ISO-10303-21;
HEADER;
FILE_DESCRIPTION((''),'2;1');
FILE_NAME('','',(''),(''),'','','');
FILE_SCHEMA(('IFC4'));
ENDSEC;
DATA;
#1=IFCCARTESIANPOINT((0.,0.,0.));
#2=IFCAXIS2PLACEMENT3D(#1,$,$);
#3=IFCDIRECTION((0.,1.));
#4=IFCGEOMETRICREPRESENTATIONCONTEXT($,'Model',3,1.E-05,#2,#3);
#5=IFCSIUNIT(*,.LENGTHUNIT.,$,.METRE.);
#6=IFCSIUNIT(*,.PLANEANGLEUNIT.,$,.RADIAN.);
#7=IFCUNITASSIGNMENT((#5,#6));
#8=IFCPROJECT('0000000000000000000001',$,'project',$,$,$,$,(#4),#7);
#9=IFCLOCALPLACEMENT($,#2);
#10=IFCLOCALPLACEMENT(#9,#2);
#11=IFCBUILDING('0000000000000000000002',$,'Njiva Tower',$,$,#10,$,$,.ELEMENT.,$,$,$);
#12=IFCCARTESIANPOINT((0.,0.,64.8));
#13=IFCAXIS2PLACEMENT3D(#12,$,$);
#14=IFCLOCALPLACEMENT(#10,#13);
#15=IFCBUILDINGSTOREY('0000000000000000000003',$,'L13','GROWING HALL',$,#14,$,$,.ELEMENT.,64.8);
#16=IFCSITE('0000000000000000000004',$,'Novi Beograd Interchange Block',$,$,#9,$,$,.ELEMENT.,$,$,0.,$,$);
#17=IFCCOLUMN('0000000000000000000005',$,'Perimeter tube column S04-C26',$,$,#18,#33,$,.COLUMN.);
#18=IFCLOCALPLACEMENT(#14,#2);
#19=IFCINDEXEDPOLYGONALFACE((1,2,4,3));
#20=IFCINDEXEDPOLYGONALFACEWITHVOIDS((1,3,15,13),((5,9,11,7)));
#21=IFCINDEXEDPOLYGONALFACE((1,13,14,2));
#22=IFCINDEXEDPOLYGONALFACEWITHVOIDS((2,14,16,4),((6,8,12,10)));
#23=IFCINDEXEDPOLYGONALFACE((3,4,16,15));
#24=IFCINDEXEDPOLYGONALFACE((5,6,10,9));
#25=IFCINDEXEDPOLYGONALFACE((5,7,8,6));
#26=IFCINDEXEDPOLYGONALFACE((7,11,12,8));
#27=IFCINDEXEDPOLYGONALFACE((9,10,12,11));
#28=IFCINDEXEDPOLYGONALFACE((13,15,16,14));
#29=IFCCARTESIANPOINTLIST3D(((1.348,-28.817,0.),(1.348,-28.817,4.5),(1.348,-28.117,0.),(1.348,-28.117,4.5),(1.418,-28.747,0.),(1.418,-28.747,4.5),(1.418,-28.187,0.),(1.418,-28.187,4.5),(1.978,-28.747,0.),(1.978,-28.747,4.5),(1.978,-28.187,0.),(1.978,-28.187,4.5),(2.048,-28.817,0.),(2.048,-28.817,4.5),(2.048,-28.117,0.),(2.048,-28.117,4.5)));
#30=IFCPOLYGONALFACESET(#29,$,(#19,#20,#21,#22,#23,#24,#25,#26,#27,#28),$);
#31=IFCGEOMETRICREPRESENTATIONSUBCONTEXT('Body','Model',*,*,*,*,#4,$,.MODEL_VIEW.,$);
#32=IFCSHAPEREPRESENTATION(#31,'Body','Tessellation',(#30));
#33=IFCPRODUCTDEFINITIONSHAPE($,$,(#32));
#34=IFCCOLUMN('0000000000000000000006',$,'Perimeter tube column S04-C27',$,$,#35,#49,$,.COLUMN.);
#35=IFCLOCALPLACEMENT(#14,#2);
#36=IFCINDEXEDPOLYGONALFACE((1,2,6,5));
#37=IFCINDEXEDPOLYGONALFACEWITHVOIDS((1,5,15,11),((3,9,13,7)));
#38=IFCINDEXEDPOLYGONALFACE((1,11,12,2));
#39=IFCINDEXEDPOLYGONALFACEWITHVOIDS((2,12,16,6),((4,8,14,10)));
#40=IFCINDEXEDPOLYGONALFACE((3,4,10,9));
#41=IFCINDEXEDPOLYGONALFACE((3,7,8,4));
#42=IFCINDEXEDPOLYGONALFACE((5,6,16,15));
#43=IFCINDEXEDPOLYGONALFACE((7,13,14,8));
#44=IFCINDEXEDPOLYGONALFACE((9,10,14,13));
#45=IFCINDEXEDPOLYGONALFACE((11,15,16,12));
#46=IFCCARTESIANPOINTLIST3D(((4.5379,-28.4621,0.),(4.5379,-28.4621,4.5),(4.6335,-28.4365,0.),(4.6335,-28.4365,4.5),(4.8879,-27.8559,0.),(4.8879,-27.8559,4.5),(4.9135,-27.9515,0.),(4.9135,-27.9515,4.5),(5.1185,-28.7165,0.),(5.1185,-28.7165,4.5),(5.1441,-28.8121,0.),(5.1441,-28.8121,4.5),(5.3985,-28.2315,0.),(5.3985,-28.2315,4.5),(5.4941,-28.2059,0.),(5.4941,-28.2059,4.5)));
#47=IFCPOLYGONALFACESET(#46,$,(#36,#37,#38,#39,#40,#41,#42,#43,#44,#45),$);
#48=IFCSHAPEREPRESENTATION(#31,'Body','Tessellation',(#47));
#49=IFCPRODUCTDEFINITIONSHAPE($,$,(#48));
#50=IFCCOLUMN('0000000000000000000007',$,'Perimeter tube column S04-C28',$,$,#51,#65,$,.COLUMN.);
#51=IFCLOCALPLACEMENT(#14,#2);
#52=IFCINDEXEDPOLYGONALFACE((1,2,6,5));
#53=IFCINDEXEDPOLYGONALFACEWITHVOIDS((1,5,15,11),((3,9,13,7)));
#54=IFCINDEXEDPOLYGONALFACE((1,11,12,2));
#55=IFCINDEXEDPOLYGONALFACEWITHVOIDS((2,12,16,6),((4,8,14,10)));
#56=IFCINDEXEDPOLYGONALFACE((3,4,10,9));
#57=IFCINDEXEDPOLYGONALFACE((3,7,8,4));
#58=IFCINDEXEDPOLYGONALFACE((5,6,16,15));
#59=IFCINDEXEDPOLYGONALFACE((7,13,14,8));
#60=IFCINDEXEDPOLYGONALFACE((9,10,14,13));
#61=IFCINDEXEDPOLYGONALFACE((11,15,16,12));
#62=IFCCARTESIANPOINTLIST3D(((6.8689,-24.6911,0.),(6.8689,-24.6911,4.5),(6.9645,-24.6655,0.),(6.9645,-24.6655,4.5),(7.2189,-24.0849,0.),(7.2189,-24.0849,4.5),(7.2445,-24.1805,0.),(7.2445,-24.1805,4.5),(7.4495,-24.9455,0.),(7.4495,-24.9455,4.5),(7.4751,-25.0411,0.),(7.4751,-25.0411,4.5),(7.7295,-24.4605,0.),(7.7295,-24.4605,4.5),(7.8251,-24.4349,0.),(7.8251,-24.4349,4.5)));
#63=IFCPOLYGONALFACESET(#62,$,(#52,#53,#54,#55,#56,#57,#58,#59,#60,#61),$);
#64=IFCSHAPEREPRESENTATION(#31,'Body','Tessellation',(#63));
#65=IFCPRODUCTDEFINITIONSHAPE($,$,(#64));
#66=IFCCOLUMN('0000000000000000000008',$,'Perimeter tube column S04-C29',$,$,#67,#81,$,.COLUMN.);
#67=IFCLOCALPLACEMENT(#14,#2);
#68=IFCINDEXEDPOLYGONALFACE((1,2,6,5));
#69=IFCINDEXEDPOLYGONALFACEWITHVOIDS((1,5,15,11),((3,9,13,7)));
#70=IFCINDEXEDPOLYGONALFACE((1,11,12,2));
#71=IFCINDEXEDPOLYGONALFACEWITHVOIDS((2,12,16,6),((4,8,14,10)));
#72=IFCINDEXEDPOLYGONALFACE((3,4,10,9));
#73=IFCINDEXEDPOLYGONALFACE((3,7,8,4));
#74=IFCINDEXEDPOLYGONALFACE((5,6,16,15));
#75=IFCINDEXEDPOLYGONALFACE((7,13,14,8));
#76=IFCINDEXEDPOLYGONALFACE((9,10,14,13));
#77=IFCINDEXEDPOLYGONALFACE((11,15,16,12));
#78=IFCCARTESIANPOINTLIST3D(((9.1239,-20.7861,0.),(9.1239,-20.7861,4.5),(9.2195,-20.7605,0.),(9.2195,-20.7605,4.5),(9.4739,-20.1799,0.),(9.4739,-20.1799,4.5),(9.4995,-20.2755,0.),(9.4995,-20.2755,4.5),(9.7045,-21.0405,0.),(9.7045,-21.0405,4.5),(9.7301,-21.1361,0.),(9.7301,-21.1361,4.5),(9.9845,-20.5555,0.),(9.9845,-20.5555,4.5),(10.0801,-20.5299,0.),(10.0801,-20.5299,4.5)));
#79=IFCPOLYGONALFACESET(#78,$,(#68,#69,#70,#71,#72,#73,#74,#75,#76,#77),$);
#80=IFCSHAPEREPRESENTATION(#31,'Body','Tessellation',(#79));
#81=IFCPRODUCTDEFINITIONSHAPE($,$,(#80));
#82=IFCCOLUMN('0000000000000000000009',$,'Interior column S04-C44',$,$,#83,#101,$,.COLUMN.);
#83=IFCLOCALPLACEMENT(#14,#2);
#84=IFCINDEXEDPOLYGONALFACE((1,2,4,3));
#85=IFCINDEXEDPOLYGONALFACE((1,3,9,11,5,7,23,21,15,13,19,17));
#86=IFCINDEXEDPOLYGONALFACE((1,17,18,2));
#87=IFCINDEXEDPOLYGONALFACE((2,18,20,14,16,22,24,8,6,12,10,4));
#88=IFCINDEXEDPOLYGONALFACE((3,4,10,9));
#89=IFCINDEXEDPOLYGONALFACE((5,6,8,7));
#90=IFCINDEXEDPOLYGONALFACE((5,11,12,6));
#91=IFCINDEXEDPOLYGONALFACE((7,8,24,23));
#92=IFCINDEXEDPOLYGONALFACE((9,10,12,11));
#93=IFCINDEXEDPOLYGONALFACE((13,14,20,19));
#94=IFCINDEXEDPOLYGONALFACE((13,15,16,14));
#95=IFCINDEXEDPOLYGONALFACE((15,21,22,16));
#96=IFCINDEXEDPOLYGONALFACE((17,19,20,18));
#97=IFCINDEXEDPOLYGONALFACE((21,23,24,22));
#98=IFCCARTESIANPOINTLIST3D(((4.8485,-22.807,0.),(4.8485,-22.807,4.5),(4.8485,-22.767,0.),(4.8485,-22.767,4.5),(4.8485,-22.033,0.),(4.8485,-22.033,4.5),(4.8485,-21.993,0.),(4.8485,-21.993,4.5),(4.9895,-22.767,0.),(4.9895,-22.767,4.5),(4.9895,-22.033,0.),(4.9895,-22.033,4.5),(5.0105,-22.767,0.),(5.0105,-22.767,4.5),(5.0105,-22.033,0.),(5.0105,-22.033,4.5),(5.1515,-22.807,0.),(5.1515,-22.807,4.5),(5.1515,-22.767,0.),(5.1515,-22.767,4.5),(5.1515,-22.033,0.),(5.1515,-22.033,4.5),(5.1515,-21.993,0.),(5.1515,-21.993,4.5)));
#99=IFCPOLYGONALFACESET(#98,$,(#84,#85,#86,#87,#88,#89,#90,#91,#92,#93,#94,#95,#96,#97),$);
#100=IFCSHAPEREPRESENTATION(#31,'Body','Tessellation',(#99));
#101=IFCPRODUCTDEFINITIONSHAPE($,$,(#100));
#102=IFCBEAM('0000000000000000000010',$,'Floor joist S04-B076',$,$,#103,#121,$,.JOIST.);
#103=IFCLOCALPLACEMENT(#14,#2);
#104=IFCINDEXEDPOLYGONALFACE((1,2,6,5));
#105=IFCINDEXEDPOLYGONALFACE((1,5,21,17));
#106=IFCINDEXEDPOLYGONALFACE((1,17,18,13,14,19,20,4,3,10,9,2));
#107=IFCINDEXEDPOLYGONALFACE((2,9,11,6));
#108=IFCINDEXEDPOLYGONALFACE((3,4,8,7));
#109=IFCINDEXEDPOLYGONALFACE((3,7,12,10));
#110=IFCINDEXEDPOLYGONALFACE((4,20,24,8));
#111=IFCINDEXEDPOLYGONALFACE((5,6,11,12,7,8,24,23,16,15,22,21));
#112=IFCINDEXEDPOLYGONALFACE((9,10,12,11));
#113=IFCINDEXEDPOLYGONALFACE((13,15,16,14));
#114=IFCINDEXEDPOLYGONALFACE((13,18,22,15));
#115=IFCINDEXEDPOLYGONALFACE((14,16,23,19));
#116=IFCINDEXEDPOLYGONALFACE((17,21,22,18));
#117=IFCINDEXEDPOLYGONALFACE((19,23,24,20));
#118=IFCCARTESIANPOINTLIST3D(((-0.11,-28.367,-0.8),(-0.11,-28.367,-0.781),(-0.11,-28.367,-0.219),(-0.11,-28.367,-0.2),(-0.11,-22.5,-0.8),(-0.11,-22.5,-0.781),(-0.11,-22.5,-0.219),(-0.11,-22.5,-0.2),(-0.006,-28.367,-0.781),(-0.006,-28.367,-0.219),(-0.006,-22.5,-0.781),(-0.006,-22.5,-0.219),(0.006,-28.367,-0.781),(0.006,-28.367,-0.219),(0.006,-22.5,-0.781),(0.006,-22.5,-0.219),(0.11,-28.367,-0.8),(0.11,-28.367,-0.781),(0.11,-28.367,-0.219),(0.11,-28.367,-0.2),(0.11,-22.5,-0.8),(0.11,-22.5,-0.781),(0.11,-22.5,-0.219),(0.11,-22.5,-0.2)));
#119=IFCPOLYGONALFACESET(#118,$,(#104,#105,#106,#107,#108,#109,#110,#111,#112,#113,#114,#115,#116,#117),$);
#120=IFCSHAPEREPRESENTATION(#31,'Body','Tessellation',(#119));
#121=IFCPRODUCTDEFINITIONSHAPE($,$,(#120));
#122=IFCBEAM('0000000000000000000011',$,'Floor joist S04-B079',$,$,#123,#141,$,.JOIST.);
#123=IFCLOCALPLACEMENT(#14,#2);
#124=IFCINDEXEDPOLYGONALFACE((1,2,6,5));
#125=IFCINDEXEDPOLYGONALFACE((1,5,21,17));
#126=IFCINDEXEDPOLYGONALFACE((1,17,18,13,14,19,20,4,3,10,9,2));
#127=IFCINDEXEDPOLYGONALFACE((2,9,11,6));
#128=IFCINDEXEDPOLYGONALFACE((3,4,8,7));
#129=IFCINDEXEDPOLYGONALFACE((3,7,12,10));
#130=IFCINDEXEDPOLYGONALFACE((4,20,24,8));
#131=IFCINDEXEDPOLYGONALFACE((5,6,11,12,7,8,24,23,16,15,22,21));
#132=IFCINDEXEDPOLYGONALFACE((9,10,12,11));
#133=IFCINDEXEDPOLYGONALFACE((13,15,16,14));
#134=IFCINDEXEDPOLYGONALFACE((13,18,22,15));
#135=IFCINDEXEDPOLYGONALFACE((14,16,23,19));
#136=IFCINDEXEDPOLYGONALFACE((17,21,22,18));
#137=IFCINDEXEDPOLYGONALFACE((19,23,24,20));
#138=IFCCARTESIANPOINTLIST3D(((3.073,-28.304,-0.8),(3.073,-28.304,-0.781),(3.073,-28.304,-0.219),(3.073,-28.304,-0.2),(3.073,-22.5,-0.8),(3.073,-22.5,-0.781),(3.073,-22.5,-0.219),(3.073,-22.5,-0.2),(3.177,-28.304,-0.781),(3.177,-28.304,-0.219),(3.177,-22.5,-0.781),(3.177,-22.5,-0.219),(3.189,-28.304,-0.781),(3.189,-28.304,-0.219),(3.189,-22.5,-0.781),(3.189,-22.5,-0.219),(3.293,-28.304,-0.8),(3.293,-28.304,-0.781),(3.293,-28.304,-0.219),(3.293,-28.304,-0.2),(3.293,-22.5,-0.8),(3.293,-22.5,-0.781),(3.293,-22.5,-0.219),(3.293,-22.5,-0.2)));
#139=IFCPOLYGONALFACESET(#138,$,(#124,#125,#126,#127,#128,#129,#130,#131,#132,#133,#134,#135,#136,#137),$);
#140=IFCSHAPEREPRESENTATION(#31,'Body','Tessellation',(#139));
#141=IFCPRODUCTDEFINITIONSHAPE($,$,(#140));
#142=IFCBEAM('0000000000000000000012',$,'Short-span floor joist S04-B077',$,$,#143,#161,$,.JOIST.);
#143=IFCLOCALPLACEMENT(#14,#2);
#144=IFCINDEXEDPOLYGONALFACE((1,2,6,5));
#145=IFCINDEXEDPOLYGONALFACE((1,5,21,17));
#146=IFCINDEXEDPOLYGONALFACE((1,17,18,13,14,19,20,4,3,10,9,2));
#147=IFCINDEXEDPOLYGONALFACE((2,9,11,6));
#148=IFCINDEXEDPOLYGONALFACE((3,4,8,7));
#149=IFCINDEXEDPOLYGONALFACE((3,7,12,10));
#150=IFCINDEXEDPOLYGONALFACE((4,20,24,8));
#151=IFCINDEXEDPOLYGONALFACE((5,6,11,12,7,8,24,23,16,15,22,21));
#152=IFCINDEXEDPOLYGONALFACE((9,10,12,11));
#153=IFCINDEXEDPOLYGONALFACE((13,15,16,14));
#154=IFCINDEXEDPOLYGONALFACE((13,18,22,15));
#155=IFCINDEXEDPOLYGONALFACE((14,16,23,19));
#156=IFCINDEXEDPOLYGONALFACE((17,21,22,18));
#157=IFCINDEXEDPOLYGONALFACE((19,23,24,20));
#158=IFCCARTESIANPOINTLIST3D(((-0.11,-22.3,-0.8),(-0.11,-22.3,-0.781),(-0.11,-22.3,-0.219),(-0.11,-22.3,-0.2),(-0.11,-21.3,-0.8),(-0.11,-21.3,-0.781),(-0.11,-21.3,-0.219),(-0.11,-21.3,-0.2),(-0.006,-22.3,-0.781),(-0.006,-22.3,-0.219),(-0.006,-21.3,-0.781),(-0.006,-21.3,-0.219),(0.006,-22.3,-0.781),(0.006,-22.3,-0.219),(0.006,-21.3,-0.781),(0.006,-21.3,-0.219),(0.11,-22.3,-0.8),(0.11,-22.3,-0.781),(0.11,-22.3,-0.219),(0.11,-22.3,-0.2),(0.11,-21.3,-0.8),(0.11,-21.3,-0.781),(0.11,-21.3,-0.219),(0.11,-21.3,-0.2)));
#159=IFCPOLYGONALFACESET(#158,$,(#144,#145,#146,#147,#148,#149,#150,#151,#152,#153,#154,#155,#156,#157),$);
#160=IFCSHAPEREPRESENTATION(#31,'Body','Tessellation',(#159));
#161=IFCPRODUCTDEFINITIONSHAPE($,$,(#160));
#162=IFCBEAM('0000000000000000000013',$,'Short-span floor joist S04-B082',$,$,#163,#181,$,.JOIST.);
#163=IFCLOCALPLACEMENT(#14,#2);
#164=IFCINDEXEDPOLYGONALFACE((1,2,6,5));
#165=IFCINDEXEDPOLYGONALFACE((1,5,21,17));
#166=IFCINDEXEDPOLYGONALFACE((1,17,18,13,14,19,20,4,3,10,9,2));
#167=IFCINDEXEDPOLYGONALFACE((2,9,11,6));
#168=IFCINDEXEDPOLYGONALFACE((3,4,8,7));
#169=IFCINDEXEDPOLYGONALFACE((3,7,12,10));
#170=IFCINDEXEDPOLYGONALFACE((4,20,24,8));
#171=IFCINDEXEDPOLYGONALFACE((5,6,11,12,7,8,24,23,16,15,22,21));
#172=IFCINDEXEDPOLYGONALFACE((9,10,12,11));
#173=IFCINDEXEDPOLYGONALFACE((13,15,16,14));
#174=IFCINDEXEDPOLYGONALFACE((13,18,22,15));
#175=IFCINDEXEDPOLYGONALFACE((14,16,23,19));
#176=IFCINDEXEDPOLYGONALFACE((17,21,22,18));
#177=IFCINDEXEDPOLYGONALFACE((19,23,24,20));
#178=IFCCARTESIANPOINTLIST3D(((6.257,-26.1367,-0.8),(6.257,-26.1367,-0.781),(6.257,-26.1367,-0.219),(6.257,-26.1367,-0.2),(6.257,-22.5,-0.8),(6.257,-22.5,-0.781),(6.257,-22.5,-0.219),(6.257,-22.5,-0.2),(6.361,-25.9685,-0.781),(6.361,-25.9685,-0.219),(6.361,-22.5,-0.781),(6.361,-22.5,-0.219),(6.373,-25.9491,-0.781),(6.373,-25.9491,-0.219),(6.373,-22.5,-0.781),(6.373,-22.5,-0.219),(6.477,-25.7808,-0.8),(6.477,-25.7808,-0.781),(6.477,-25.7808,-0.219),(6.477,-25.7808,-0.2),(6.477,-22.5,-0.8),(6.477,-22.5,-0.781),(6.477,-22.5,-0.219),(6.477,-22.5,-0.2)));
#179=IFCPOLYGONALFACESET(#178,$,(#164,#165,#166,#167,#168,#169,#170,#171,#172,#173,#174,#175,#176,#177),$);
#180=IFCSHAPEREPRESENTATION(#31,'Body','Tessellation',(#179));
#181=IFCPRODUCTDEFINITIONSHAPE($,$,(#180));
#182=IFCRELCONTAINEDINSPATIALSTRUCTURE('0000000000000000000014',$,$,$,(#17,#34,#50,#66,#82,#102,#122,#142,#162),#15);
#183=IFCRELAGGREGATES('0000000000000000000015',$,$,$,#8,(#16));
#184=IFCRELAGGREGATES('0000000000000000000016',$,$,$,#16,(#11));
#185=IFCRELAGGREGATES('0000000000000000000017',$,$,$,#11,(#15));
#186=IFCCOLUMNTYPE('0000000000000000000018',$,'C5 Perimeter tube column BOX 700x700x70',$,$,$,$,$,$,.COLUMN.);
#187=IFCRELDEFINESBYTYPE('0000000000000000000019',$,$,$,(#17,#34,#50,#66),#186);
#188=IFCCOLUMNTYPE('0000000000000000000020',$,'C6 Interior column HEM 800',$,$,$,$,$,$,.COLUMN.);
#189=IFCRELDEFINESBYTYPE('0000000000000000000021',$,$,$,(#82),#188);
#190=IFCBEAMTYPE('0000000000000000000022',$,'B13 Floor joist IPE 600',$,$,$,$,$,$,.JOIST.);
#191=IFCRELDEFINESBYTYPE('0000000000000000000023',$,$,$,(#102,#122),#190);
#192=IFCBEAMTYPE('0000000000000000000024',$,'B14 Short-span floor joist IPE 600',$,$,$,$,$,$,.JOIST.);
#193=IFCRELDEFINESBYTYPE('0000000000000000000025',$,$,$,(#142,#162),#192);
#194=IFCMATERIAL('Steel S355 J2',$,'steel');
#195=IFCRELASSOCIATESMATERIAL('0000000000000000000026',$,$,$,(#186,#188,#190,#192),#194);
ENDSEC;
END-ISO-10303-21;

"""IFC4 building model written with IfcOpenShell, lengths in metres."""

from ifc_helpers import new_model, si_unit, direction, frame, origin, origin_2d, place, context, subcontext, project, spatial, hollow_rectangle, i_section, extrude, clip, halfspace, material, material_profile, profile_set, type_object, element, save


model = new_model("IFC4")

# Units and contexts
model_context = context("Model", 3, precision=1e-05, world=origin(), true_north=direction((0.0, 1.0)))
body_context = subcontext(model_context, "Body", "Model", "MODEL_VIEW")
ifc_project = project(units=[si_unit("LENGTHUNIT", "METRE"), si_unit("PLANEANGLEUNIT", "RADIAN")], contexts=[model_context])

# Site, building, storey
site_placement = place(None, origin())
site = spatial("IfcSite", under=ifc_project, at=site_placement, Name="Novi Beograd Interchange Block", CompositionType="ELEMENT", RefElevation=0.0)
building_placement = place(site_placement, origin())
building = spatial("IfcBuilding", under=site, at=building_placement, Name="Njiva Tower", CompositionType="ELEMENT")
storey_placement = place(building_placement, frame((0.0, 0.0, 64.8)))
storey = spatial("IfcBuildingStorey", under=building, at=storey_placement, Name="L13", Description="GROWING HALL", CompositionType="ELEMENT", Elevation=64.8)

# Columns
ifc_material_1 = material(Name="Steel S355 J2", Category="steel")
ifc_material_profile_1 = material_profile(ifc_material_1, hollow_rectangle(XDim=0.7, YDim=0.7, WallThickness=0.07, at=origin_2d()), Name="BOX 700x700x70")
ifc_profile_set_1 = profile_set([ifc_material_profile_1], Name="Steel S355 J2")
column_type_1 = type_object("IfcColumnType", Name="C5 Perimeter tube column BOX 700x700x70", PredefinedType="COLUMN", material=ifc_profile_set_1)
for number, where, z_axis, x_axis, name in (
    (1, (1.698, -28.467, 0.0), (0.0, 0.0, 1.0), (1.0, 0.0, 0.0), "Perimeter tube column S04-C26"),
    (2, (5.016, -28.334, 0.0), (0.0, 0.0, 1.0), (0.5, 0.866025, 0.0), "Perimeter tube column S04-C27"),
    (3, (7.347, -24.563, 0.0), (0.0, 0.0, 1.0), (0.5, 0.866025, 0.0), "Perimeter tube column S04-C28"),
    (4, (9.602, -20.658, 0.0), (0.0, 0.0, 1.0), (0.5, 0.866025, 0.0), "Perimeter tube column S04-C29"),
):
    element("IfcColumn", number, at=place(storey_placement, frame(where, z_axis=z_axis, x_axis=x_axis)), inside=storey, type_object=column_type_1, Name=name, PredefinedType="COLUMN", context=body_context, shape_type="SweptSolid", body=[
        extrude(hollow_rectangle(XDim=0.7, YDim=0.7, WallThickness=0.07, at=origin_2d()), origin(), (0.0, 0.0, 1.0), 4.5),
    ])
ifc_material_profile_2 = material_profile(ifc_material_1, i_section(OverallWidth=0.303, OverallDepth=0.814, WebThickness=0.021, FlangeThickness=0.04, at=origin_2d()), Name="HEM 800")
ifc_profile_set_2 = profile_set([ifc_material_profile_2], Name="Steel S355 J2")
column_type_2 = type_object("IfcColumnType", Name="C6 Interior column HEM 800", PredefinedType="COLUMN", material=ifc_profile_set_2)
column_placement = place(storey_placement, frame((5.0, -22.4, 0.0), z_axis=(0.0, 0.0, 1.0), x_axis=(1.0, 0.0, 0.0)))
element("IfcColumn", 5, at=column_placement, inside=storey, type_object=column_type_2, Name="Interior column S04-C44", PredefinedType="COLUMN", context=body_context, shape_type="SweptSolid", body=[
    extrude(i_section(OverallWidth=0.303, OverallDepth=0.814, WebThickness=0.021, FlangeThickness=0.04, at=origin_2d()), origin(), (0.0, 0.0, 1.0), 4.5),
])

# Beams
ifc_material_profile_3 = material_profile(ifc_material_1, i_section(OverallWidth=0.22, OverallDepth=0.6, WebThickness=0.012, FlangeThickness=0.019, at=origin_2d()), Name="IPE 600")
ifc_profile_set_3 = profile_set([ifc_material_profile_3], Name="Steel S355 J2")
beam_type_1 = type_object("IfcBeamType", Name="B13 Floor joist IPE 600", PredefinedType="JOIST", material=ifc_profile_set_3)
beam_1_placement = place(storey_placement, frame((0.0, -22.5, -0.5), z_axis=(0.0, -1.0, 0.0), x_axis=(1.0, 0.0, 0.0)))
element("IfcBeam", 6, at=beam_1_placement, inside=storey, type_object=beam_type_1, Name="Floor joist S04-B076", PredefinedType="JOIST", context=body_context, shape_type="SweptSolid", body=[
    extrude(i_section(OverallWidth=0.22, OverallDepth=0.6, WebThickness=0.012, FlangeThickness=0.019, at=origin_2d()), origin(), (0.0, 0.0, 1.0), 5.867),
])
beam_2_placement = place(storey_placement, frame((3.183, -22.5, -0.5), z_axis=(0.0, -1.0, 0.0), x_axis=(1.0, 0.0, 0.0)))
element("IfcBeam", 7, at=beam_2_placement, inside=storey, type_object=beam_type_1, Name="Floor joist S04-B079", PredefinedType="JOIST", context=body_context, shape_type="SweptSolid", body=[
    extrude(i_section(OverallWidth=0.22, OverallDepth=0.6, WebThickness=0.012, FlangeThickness=0.019, at=origin_2d()), origin(), (0.0, 0.0, 1.0), 5.804),
])
ifc_material_profile_4 = material_profile(ifc_material_1, i_section(OverallWidth=0.22, OverallDepth=0.6, WebThickness=0.012, FlangeThickness=0.019, at=origin_2d()), Name="IPE 600")
ifc_profile_set_4 = profile_set([ifc_material_profile_4], Name="Steel S355 J2")
beam_type_2 = type_object("IfcBeamType", Name="B14 Short-span floor joist IPE 600", PredefinedType="JOIST", material=ifc_profile_set_4)
beam_3_placement = place(storey_placement, frame((0.0, -21.3, -0.5), z_axis=(0.0, -1.0, 0.0), x_axis=(1.0, 0.0, 0.0)))
element("IfcBeam", 8, at=beam_3_placement, inside=storey, type_object=beam_type_2, Name="Short-span floor joist S04-B077", PredefinedType="JOIST", context=body_context, shape_type="SweptSolid", body=[
    extrude(i_section(OverallWidth=0.22, OverallDepth=0.6, WebThickness=0.012, FlangeThickness=0.019, at=origin_2d()), origin(), (0.0, 0.0, 1.0), 1.0),
])
beam_4_placement = place(storey_placement, frame((6.367, -22.5, -0.5), z_axis=(0.0, -1.0, 0.0), x_axis=(1.0, 0.0, 0.0)))
element("IfcBeam", 9, at=beam_4_placement, inside=storey, type_object=beam_type_2, Name="Short-span floor joist S04-B082", PredefinedType="JOIST", context=body_context, shape_type="Clipping", body=[
    clip(extrude(i_section(OverallWidth=0.22, OverallDepth=0.6, WebThickness=0.012, FlangeThickness=0.019, at=origin_2d()), origin(), (0.0, 0.0, 1.0), 3.657), halfspace(frame((0.0422, 0.0, 3.3905), z_axis=(0.850625, 0.0, 0.525773), x_axis=(0.0, 1.0, 0.0)), False)),
])

save(model, "model.ifc")
